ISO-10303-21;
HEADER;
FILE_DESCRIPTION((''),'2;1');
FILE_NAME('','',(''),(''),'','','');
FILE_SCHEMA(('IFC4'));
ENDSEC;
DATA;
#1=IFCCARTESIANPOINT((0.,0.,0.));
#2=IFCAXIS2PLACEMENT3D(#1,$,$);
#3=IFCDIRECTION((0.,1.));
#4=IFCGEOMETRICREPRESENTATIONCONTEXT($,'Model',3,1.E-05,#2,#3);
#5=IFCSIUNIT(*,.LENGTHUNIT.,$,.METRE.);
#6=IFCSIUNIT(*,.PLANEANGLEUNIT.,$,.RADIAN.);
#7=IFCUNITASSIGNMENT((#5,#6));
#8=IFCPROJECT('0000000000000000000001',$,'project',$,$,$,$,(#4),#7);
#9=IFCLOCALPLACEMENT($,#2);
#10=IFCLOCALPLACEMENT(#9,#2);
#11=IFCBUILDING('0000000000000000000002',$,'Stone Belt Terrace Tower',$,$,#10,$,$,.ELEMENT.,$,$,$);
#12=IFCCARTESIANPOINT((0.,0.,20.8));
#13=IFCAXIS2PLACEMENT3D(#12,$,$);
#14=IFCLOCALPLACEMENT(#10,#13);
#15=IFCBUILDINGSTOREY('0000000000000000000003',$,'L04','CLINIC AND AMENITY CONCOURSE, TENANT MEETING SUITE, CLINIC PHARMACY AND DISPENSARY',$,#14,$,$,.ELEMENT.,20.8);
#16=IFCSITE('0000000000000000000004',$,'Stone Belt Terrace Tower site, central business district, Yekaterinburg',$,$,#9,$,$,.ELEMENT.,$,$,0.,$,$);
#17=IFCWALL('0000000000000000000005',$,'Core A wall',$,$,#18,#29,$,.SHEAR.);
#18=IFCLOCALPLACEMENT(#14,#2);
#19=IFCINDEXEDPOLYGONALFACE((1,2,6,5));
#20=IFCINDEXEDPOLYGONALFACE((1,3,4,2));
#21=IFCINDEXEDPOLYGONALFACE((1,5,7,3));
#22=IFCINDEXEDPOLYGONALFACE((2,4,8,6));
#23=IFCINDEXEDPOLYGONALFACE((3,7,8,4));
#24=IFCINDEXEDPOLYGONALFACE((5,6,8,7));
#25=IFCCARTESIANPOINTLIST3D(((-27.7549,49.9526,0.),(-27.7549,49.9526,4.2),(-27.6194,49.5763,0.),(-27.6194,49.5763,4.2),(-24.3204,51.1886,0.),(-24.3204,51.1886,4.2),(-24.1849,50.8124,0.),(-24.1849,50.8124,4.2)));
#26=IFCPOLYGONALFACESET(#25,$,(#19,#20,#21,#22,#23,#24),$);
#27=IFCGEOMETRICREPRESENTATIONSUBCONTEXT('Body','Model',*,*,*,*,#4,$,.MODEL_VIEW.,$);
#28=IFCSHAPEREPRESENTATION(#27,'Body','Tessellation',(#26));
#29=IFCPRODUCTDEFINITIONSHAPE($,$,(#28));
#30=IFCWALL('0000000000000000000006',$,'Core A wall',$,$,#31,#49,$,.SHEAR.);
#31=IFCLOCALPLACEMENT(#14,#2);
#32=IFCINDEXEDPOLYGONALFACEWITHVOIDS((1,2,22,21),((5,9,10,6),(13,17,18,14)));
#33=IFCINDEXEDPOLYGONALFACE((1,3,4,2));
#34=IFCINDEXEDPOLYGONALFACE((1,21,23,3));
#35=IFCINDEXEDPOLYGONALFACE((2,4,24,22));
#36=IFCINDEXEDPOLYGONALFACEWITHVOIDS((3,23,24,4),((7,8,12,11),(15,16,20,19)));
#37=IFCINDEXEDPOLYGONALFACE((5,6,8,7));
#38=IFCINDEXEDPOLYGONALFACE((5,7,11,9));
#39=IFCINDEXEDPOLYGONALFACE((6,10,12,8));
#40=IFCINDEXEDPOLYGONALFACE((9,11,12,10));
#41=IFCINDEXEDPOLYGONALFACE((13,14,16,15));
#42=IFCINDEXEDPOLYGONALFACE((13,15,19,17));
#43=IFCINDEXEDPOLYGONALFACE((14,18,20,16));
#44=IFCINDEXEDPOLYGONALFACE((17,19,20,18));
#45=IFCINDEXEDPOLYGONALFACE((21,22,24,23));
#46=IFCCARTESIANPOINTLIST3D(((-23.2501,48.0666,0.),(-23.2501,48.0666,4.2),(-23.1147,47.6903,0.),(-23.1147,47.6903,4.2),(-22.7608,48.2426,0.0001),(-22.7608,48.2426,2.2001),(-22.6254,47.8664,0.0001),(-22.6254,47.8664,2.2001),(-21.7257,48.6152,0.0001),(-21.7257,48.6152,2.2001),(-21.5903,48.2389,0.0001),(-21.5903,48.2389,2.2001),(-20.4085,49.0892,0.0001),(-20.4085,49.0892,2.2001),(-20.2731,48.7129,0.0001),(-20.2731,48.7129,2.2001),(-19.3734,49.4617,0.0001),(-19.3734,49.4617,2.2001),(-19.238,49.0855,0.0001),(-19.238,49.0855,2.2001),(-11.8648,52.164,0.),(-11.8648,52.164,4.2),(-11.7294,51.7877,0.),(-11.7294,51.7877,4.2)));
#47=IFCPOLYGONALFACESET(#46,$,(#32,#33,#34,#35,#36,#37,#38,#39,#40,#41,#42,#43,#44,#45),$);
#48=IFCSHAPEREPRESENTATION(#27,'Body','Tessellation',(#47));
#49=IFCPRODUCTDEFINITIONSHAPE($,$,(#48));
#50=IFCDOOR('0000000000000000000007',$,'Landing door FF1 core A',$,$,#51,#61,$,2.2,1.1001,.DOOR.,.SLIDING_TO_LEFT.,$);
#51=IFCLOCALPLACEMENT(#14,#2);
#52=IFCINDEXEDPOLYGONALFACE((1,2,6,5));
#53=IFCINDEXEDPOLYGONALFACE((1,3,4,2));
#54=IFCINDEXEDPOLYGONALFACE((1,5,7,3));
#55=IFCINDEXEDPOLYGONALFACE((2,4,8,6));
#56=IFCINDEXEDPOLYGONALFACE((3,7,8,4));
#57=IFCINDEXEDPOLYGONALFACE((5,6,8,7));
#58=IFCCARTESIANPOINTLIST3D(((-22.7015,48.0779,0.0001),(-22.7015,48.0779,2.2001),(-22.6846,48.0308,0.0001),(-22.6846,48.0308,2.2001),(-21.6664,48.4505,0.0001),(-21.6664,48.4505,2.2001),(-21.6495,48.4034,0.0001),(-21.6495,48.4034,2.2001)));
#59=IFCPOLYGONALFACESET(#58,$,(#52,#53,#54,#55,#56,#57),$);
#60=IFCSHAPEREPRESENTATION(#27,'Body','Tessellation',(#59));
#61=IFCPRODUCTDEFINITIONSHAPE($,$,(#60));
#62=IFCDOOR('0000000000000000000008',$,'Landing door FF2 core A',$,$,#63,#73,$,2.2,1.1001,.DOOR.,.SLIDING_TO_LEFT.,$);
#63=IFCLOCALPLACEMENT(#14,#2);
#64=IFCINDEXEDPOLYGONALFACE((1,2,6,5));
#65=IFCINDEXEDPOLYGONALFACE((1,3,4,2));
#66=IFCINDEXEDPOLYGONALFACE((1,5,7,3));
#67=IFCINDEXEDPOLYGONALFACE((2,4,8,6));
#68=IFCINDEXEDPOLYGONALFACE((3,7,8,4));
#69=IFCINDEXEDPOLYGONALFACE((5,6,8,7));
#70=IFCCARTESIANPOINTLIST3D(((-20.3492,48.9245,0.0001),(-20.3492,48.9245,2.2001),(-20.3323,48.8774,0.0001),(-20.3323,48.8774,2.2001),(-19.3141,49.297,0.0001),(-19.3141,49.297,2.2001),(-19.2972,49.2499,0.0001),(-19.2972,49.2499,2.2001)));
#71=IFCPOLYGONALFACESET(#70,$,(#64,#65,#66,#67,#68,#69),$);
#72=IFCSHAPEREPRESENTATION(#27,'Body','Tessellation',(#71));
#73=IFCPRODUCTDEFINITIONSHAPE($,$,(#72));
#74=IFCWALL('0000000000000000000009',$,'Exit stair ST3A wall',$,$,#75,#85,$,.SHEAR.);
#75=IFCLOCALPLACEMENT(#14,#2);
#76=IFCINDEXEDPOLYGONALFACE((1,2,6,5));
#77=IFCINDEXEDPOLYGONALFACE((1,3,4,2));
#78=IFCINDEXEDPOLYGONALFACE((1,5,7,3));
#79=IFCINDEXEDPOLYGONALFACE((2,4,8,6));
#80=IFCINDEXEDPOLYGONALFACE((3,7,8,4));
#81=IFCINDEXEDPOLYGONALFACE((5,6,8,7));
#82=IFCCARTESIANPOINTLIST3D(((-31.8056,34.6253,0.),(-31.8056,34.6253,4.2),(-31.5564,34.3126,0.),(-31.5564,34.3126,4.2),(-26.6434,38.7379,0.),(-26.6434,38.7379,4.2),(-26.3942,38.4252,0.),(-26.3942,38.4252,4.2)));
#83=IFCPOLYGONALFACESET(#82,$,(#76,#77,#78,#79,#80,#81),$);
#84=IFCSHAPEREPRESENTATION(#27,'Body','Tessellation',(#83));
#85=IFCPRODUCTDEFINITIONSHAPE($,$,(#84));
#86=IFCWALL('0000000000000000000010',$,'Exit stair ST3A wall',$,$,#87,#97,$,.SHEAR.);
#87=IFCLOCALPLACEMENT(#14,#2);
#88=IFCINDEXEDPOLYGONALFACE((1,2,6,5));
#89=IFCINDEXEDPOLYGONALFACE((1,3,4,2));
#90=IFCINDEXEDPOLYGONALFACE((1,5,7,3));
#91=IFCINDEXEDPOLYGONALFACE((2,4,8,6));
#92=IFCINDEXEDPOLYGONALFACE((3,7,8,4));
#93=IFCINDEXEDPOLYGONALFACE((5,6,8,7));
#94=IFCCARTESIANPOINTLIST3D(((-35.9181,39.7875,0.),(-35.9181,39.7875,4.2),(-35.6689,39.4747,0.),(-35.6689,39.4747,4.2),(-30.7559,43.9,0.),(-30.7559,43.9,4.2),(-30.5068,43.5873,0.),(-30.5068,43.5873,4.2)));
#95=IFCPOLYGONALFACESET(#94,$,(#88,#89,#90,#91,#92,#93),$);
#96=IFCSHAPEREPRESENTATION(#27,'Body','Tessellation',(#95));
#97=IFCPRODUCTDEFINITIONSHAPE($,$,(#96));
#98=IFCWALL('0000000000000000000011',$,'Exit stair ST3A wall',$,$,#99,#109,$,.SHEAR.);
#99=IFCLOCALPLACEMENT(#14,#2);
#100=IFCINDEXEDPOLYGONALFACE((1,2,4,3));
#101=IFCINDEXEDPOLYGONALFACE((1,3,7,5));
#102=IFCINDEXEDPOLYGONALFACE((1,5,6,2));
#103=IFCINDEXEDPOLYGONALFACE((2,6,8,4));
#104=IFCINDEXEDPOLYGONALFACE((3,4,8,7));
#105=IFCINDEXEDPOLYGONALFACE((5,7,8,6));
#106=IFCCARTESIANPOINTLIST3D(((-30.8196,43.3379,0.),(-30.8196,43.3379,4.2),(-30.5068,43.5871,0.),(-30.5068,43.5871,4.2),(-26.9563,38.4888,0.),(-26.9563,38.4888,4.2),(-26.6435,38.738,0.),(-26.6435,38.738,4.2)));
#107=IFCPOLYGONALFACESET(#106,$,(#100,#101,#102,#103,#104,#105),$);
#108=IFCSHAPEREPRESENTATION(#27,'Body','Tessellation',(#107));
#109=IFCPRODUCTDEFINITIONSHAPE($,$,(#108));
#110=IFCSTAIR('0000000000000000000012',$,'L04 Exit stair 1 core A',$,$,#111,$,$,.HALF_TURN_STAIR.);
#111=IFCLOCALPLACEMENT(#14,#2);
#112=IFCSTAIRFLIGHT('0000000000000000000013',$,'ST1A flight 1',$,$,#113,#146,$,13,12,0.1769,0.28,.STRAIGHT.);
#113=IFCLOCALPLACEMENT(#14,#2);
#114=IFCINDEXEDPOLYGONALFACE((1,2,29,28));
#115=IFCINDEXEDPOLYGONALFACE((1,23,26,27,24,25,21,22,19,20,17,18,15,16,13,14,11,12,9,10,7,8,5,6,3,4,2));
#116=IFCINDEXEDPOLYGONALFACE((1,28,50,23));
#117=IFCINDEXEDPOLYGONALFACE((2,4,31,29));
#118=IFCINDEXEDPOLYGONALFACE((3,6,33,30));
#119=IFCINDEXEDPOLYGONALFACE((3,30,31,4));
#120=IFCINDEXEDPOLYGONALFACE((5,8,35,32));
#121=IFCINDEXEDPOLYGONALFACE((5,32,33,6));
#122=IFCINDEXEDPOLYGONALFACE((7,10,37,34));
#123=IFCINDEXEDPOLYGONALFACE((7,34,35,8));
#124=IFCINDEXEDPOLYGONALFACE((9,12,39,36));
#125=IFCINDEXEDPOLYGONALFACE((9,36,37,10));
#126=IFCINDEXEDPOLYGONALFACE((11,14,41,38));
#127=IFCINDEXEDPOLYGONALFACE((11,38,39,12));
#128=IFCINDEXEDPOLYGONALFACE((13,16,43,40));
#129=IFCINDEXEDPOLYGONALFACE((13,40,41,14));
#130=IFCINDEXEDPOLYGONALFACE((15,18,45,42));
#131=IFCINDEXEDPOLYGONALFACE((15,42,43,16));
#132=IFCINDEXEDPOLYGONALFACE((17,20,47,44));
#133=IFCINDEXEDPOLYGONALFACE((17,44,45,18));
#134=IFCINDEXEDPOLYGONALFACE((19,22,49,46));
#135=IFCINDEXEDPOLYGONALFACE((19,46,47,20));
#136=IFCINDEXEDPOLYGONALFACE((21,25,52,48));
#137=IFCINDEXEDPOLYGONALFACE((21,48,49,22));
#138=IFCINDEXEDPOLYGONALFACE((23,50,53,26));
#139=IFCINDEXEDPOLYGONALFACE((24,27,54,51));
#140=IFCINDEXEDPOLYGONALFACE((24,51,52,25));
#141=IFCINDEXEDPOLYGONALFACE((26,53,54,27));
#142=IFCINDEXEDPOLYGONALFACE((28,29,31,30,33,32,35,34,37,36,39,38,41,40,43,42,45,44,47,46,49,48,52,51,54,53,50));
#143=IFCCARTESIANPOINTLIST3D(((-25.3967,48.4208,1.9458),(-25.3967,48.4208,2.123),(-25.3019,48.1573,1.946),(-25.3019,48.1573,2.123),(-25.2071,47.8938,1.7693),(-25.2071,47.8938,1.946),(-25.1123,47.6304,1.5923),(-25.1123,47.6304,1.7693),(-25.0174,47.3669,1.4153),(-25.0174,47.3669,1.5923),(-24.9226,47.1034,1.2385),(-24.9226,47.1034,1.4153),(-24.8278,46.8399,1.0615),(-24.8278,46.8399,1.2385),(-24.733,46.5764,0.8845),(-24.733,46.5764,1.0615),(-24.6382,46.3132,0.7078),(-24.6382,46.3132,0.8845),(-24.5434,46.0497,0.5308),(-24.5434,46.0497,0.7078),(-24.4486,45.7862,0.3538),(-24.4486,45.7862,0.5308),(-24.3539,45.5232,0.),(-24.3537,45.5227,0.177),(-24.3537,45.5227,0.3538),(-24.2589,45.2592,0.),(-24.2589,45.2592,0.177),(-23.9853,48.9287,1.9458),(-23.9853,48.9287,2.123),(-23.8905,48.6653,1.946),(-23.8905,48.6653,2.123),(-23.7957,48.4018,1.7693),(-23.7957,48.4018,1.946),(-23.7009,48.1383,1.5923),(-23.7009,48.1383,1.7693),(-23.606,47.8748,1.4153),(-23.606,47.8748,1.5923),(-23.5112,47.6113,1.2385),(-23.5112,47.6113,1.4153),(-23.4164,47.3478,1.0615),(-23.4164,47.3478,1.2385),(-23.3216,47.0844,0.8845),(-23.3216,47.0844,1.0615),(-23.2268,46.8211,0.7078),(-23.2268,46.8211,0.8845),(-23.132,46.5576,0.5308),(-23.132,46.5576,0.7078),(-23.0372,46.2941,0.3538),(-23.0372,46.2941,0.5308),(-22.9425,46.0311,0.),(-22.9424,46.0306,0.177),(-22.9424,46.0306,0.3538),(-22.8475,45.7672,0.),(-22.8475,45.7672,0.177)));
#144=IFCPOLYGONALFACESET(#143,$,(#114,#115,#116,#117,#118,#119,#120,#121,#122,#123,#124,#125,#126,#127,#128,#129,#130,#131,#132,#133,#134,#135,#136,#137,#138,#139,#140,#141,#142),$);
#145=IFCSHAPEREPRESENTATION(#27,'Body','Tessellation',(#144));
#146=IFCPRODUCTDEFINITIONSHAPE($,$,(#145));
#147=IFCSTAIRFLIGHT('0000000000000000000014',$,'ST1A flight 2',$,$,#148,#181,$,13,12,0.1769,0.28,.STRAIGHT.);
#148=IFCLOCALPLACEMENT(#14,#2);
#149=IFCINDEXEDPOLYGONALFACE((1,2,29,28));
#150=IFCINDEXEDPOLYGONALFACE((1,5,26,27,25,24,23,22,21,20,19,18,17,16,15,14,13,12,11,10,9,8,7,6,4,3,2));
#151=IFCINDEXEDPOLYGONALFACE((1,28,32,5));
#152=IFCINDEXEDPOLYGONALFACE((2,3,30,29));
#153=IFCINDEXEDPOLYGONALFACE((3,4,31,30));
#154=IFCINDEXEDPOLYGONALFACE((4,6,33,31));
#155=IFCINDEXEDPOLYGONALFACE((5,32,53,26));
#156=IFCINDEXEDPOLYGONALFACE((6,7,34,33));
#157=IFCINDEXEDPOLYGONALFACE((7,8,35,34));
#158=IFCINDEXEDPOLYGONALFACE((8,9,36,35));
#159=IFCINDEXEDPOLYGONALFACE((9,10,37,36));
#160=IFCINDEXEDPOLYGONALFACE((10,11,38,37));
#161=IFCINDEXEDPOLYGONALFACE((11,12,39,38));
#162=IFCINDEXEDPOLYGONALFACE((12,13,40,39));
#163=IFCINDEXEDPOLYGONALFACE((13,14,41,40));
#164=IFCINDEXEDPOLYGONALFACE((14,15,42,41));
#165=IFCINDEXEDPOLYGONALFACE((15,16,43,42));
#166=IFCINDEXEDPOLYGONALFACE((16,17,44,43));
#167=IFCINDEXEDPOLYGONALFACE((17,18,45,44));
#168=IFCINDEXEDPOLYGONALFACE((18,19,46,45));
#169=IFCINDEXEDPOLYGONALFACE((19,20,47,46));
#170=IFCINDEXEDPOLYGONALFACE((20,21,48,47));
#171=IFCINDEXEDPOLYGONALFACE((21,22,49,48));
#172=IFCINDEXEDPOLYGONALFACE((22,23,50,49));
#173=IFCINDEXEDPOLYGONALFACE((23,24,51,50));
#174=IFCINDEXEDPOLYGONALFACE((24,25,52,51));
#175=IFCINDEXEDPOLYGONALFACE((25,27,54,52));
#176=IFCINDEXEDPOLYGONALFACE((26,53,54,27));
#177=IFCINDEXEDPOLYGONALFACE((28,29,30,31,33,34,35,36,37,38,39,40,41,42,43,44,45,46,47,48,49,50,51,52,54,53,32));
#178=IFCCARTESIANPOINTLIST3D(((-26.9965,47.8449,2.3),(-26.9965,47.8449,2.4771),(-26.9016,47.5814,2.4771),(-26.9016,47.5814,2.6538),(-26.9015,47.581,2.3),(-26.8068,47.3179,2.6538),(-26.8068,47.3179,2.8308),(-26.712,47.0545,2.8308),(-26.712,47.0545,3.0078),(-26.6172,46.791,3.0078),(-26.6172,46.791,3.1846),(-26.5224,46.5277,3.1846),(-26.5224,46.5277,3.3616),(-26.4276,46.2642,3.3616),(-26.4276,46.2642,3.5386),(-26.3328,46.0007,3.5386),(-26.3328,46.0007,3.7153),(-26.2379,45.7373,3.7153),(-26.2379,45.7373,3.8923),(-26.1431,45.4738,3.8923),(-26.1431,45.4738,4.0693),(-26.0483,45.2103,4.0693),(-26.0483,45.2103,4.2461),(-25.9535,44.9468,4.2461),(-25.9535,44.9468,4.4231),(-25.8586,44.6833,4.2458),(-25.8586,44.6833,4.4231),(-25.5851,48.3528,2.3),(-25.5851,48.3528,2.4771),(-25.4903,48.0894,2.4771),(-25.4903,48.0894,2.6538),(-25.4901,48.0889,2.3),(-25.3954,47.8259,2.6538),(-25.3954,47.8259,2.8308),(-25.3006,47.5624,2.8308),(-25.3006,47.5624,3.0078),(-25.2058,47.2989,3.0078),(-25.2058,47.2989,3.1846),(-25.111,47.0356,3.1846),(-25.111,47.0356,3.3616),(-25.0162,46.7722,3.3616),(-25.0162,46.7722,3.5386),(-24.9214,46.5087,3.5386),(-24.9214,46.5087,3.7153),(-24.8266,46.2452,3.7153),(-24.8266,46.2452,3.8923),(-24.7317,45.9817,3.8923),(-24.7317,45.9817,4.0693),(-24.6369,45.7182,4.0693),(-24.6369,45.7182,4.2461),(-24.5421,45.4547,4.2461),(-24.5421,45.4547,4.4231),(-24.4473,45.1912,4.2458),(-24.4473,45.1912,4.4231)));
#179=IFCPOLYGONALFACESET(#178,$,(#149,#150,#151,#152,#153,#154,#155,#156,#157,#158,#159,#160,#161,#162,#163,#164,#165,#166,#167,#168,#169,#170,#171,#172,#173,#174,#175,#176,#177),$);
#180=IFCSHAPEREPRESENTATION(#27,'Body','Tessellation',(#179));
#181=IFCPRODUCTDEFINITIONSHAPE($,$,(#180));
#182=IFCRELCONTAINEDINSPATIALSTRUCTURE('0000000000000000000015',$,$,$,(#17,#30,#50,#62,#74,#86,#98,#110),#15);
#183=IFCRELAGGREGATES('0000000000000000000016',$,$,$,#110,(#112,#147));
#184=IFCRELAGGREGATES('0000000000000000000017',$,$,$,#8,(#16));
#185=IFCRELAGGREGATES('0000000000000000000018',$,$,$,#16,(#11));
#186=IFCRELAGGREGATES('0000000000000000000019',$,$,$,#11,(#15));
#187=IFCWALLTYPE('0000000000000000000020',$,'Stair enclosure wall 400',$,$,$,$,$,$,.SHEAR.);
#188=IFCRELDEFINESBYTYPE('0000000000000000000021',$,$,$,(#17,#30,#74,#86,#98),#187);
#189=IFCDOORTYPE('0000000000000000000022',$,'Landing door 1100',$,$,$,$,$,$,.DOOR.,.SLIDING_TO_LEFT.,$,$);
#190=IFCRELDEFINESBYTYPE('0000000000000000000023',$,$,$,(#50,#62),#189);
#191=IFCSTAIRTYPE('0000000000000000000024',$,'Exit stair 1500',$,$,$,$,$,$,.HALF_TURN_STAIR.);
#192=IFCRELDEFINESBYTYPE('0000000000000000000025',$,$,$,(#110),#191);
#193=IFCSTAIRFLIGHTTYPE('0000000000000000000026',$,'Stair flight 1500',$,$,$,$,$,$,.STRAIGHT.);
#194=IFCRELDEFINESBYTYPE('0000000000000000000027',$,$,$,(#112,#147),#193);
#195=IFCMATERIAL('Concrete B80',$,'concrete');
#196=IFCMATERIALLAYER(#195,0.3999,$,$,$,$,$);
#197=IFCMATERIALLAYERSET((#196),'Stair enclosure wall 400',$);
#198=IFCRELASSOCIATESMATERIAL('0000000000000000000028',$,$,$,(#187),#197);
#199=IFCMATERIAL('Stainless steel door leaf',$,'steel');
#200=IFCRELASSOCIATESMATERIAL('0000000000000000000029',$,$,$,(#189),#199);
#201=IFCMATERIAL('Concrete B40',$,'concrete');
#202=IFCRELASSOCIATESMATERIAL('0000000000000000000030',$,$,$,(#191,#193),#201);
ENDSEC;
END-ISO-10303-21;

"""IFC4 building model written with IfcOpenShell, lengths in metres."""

from ifc_helpers import new_model, si_unit, direction, frame, frame_2d, origin, place, context, subcontext, project, spatial, polyline, rectangle, outline, extrude, material, layer, layer_set, type_object, element, fill, aggregate, save


model = new_model("IFC4")

# Units and contexts
model_context = context("Model", 3, precision=1e-05, world=origin(), true_north=direction((0.0, 1.0)))
body_context = subcontext(model_context, "Body", "Model", "MODEL_VIEW")
ifc_project = project(units=[si_unit("LENGTHUNIT", "METRE"), si_unit("PLANEANGLEUNIT", "RADIAN")], contexts=[model_context])

# Site, building, storey
site_placement = place(None, origin())
site = spatial("IfcSite", under=ifc_project, at=site_placement, Name="Stone Belt Terrace Tower site, central business district, Yekaterinburg", CompositionType="ELEMENT", RefElevation=0.0)
building_placement = place(site_placement, origin())
building = spatial("IfcBuilding", under=site, at=building_placement, Name="Stone Belt Terrace Tower", CompositionType="ELEMENT")
storey_placement = place(building_placement, frame((0.0, 0.0, 20.8)))
storey = spatial("IfcBuildingStorey", under=building, at=storey_placement, Name="L04", Description="CLINIC AND AMENITY CONCOURSE, TENANT MEETING SUITE, CLINIC PHARMACY AND DISPENSARY", CompositionType="ELEMENT", Elevation=20.8)

# Shared definitions
ifc_material_1 = material(Name="Concrete B80", Category="concrete")

# Wall
ifc_layer_1 = layer(ifc_material_1, 0.3999)
ifc_layer_set_1 = layer_set([ifc_layer_1], Name="Stair enclosure wall 400")
wall_type_1 = type_object("IfcWallType", Name="Stair enclosure wall 400", PredefinedType="SHEAR", material=ifc_layer_set_1)
wall_1_placement = place(storey_placement, frame((-27.6873, 49.7644, 0.0), z_axis=(0.0, 0.0, 1.0), x_axis=(0.940919, 0.338632, 0.0)))
element("IfcWall", 1, at=wall_1_placement, inside=storey, type_object=wall_type_1, Name="Core A wall", PredefinedType="SHEAR", context=body_context, shape_type="SweptSolid", body=[
    extrude(rectangle(XDim=3.6501, YDim=0.3999, at=frame_2d((1.8252, 0.0))), origin(), (0.0, 0.0, 1.0), 4.2),
])

# Wall, openings, doors
wall_2_placement = place(storey_placement, frame((-23.1824, 47.8784, 0.0), z_axis=(0.0, 0.0, 1.0), x_axis=(0.940921, 0.338626, 0.0)))
wall_2 = element("IfcWall", 2, at=wall_2_placement, inside=storey, type_object=wall_type_1, Name="Core A wall", PredefinedType="SHEAR", context=body_context, shape_type="SweptSolid", body=[
    extrude(rectangle(XDim=12.1001, YDim=0.3999, at=frame_2d((6.05, 0.0))), origin(), (0.0, 0.0, 1.0), 4.2),
])
opening_1_placement = place(wall_2_placement, frame((0.52, 0.0, 0.0)))
opening_1 = element("IfcOpeningElement", 3, at=opening_1_placement, cuts=wall_2, PredefinedType="OPENING", context=body_context, shape_type="SweptSolid", body=[
    extrude(rectangle(XDim=1.1001, YDim=2.2, at=frame_2d((0.55, 1.1001))), frame((0.0, 0.21, 0.0), z_axis=(0.0, -1.0, 0.0), x_axis=(1.0, 0.0, 0.0)), (0.0, 0.0, 1.0), 0.4199),
])
opening_2_placement = place(wall_2_placement, frame((3.02, 0.0, 0.0)))
opening_2 = element("IfcOpeningElement", 4, at=opening_2_placement, cuts=wall_2, PredefinedType="OPENING", context=body_context, shape_type="SweptSolid", body=[
    extrude(rectangle(XDim=1.1001, YDim=2.2, at=frame_2d((0.55, 1.1001))), frame((0.0, 0.21, 0.0), z_axis=(0.0, -1.0, 0.0), x_axis=(1.0, 0.0, 0.0)), (0.0, 0.0, 1.0), 0.4199),
])
ifc_material_2 = material(Name="Stainless steel door leaf", Category="steel")
door_type_1 = type_object("IfcDoorType", Name="Landing door 1100", OperationType="SLIDING_TO_LEFT", PredefinedType="DOOR", material=ifc_material_2)
door_1_placement = place(opening_1_placement, origin())
door_1 = element("IfcDoor", 5, at=door_1_placement, inside=storey, type_object=door_type_1, Name="Landing door FF1 core A", OperationType="SLIDING_TO_LEFT", OverallHeight=2.2, OverallWidth=1.1001, PredefinedType="DOOR", context=body_context, shape_type="SweptSolid", body=[
    extrude(rectangle(XDim=1.1001, YDim=2.2, at=frame_2d((0.55, 1.1001))), frame((0.0, 0.0249, 0.0), z_axis=(0.0, -1.0, 0.0), x_axis=(1.0, 0.0, 0.0)), (0.0, 0.0, 1.0), 0.05),
])
fill(opening_1, door_1)
door_2_placement = place(opening_2_placement, origin())
door_2 = element("IfcDoor", 6, at=door_2_placement, inside=storey, type_object=door_type_1, Name="Landing door FF2 core A", OperationType="SLIDING_TO_LEFT", OverallHeight=2.2, OverallWidth=1.1001, PredefinedType="DOOR", context=body_context, shape_type="SweptSolid", body=[
    extrude(rectangle(XDim=1.1001, YDim=2.2, at=frame_2d((0.55, 1.1001))), frame((0.0, 0.0249, 0.0), z_axis=(0.0, -1.0, 0.0), x_axis=(1.0, 0.0, 0.0)), (0.0, 0.0, 1.0), 0.05),
])
fill(opening_2, door_2)

# Walls
for number, where, z_axis, x_axis, name in (
    (7, (-26.5188, 38.5815, 0.0), (0.0, 0.0, 1.0), (-0.782134, -0.62311, 0.0), "Exit stair ST3A wall"),
    (8, (-30.6313, 43.7437, 0.0), (0.0, 0.0, 1.0), (-0.782134, -0.62311, 0.0), "Exit stair ST3A wall"),
):
    element("IfcWall", number, at=place(storey_placement, frame(where, z_axis=z_axis, x_axis=x_axis)), inside=storey, type_object=wall_type_1, Name=name, PredefinedType="SHEAR", context=body_context, shape_type="SweptSolid", body=[
        extrude(rectangle(XDim=6.6001, YDim=0.3999, at=frame_2d((3.3, 0.0))), origin(), (0.0, 0.0, 1.0), 4.2),
    ])
wall_3_placement = place(storey_placement, frame((-26.7998, 38.6133, 0.0), z_axis=(0.0, 0.0, 1.0), x_axis=(-0.623119, 0.782127, 0.0)))
element("IfcWall", 9, at=wall_3_placement, inside=storey, type_object=wall_type_1, Name="Exit stair ST3A wall", PredefinedType="SHEAR", context=body_context, shape_type="SweptSolid", body=[
    extrude(rectangle(XDim=6.2, YDim=0.3999, at=frame_2d((3.1001, 0.0))), origin(), (0.0, 0.0, 1.0), 4.2),
])

# Stair, stair flights
ifc_material_3 = material(Name="Concrete B40", Category="concrete")
stair_type = type_object("IfcStairType", Name="Exit stair 1500", PredefinedType="HALF_TURN_STAIR", material=ifc_material_3)
stair_1_placement = place(storey_placement, origin())
stair_1 = element("IfcStair", 10, at=stair_1_placement, inside=storey, type_object=stair_type, Name="L04 Exit stair 1 core A", PredefinedType="HALF_TURN_STAIR")
stair_flight_type = type_object("IfcStairFlightType", Name="Stair flight 1500", PredefinedType="STRAIGHT", material=ifc_material_3)
stair_flight_1_placement = place(storey_placement, frame((-23.5532, 45.5132, 0.0), z_axis=(0.0, 0.0, 1.0), x_axis=(-0.338624, 0.940922, 0.0)))
stair_flight_1 = element("IfcStairFlight", 11, at=stair_flight_1_placement, type_object=stair_flight_type, Name="ST1A flight 1", NumberOfRisers=13, NumberOfTreads=12, PredefinedType="STRAIGHT", RiserHeight=0.1769, TreadLength=0.28, context=body_context, shape_type="SweptSolid", body=[
    extrude(outline(polyline([(0.0, 0.0), (0.0, 0.177), (0.28, 0.177), (0.28, 0.3538), (0.5601, 0.3538), (0.5601, 0.5308), (0.8401, 0.5308), (0.8401, 0.7078), (1.1201, 0.7078), (1.1201, 0.8845), (1.3999, 0.8845), (1.3999, 1.0615), (1.6799, 1.0615), (1.6799, 1.2385), (1.96, 1.2385), (1.96, 1.4153), (2.24, 1.4153), (2.24, 1.5923), (2.52, 1.5923), (2.52, 1.7693), (2.8, 1.7693), (2.8, 1.946), (3.0801, 1.946), (3.0801, 2.123), (3.3601, 2.123), (3.3601, 2.3), (3.3601, 1.9458), (0.2805, 0.0), (0.0, 0.0)])), frame((0.0, 0.75, 0.0), z_axis=(0.0, -1.0, 0.0), x_axis=(1.0, 0.0, 0.0)), (0.0, 0.0, 1.0), 1.5),
])
stair_flight_2_placement = place(storey_placement, frame((-26.2908, 48.0989, 2.3), z_axis=(0.0, 0.0, 1.0), x_axis=(0.338624, -0.940922, 0.0)))
stair_flight_2 = element("IfcStairFlight", 12, at=stair_flight_2_placement, type_object=stair_flight_type, Name="ST1A flight 2", NumberOfRisers=13, NumberOfTreads=12, PredefinedType="STRAIGHT", RiserHeight=0.1769, TreadLength=0.28, context=body_context, shape_type="SweptSolid", body=[
    extrude(outline(polyline([(0.0, 0.0), (0.0, 0.177), (0.28, 0.177), (0.28, 0.3538), (0.5601, 0.3538), (0.5601, 0.5308), (0.8401, 0.5308), (0.8401, 0.7078), (1.1201, 0.7078), (1.1201, 0.8845), (1.3999, 0.8845), (1.3999, 1.0615), (1.6799, 1.0615), (1.6799, 1.2385), (1.96, 1.2385), (1.96, 1.4153), (2.24, 1.4153), (2.24, 1.5923), (2.52, 1.5923), (2.52, 1.7693), (2.8, 1.7693), (2.8, 1.946), (3.0801, 1.946), (3.0801, 2.123), (3.3601, 2.123), (3.3601, 2.3), (3.3601, 1.9458), (0.2805, 0.0), (0.0, 0.0)])), frame((0.0, 0.75, 0.0), z_axis=(0.0, -1.0, 0.0), x_axis=(1.0, 0.0, 0.0)), (0.0, 0.0, 1.0), 1.5),
])
aggregate(stair_1, [stair_flight_1, stair_flight_2])

save(model, "model.ifc")
